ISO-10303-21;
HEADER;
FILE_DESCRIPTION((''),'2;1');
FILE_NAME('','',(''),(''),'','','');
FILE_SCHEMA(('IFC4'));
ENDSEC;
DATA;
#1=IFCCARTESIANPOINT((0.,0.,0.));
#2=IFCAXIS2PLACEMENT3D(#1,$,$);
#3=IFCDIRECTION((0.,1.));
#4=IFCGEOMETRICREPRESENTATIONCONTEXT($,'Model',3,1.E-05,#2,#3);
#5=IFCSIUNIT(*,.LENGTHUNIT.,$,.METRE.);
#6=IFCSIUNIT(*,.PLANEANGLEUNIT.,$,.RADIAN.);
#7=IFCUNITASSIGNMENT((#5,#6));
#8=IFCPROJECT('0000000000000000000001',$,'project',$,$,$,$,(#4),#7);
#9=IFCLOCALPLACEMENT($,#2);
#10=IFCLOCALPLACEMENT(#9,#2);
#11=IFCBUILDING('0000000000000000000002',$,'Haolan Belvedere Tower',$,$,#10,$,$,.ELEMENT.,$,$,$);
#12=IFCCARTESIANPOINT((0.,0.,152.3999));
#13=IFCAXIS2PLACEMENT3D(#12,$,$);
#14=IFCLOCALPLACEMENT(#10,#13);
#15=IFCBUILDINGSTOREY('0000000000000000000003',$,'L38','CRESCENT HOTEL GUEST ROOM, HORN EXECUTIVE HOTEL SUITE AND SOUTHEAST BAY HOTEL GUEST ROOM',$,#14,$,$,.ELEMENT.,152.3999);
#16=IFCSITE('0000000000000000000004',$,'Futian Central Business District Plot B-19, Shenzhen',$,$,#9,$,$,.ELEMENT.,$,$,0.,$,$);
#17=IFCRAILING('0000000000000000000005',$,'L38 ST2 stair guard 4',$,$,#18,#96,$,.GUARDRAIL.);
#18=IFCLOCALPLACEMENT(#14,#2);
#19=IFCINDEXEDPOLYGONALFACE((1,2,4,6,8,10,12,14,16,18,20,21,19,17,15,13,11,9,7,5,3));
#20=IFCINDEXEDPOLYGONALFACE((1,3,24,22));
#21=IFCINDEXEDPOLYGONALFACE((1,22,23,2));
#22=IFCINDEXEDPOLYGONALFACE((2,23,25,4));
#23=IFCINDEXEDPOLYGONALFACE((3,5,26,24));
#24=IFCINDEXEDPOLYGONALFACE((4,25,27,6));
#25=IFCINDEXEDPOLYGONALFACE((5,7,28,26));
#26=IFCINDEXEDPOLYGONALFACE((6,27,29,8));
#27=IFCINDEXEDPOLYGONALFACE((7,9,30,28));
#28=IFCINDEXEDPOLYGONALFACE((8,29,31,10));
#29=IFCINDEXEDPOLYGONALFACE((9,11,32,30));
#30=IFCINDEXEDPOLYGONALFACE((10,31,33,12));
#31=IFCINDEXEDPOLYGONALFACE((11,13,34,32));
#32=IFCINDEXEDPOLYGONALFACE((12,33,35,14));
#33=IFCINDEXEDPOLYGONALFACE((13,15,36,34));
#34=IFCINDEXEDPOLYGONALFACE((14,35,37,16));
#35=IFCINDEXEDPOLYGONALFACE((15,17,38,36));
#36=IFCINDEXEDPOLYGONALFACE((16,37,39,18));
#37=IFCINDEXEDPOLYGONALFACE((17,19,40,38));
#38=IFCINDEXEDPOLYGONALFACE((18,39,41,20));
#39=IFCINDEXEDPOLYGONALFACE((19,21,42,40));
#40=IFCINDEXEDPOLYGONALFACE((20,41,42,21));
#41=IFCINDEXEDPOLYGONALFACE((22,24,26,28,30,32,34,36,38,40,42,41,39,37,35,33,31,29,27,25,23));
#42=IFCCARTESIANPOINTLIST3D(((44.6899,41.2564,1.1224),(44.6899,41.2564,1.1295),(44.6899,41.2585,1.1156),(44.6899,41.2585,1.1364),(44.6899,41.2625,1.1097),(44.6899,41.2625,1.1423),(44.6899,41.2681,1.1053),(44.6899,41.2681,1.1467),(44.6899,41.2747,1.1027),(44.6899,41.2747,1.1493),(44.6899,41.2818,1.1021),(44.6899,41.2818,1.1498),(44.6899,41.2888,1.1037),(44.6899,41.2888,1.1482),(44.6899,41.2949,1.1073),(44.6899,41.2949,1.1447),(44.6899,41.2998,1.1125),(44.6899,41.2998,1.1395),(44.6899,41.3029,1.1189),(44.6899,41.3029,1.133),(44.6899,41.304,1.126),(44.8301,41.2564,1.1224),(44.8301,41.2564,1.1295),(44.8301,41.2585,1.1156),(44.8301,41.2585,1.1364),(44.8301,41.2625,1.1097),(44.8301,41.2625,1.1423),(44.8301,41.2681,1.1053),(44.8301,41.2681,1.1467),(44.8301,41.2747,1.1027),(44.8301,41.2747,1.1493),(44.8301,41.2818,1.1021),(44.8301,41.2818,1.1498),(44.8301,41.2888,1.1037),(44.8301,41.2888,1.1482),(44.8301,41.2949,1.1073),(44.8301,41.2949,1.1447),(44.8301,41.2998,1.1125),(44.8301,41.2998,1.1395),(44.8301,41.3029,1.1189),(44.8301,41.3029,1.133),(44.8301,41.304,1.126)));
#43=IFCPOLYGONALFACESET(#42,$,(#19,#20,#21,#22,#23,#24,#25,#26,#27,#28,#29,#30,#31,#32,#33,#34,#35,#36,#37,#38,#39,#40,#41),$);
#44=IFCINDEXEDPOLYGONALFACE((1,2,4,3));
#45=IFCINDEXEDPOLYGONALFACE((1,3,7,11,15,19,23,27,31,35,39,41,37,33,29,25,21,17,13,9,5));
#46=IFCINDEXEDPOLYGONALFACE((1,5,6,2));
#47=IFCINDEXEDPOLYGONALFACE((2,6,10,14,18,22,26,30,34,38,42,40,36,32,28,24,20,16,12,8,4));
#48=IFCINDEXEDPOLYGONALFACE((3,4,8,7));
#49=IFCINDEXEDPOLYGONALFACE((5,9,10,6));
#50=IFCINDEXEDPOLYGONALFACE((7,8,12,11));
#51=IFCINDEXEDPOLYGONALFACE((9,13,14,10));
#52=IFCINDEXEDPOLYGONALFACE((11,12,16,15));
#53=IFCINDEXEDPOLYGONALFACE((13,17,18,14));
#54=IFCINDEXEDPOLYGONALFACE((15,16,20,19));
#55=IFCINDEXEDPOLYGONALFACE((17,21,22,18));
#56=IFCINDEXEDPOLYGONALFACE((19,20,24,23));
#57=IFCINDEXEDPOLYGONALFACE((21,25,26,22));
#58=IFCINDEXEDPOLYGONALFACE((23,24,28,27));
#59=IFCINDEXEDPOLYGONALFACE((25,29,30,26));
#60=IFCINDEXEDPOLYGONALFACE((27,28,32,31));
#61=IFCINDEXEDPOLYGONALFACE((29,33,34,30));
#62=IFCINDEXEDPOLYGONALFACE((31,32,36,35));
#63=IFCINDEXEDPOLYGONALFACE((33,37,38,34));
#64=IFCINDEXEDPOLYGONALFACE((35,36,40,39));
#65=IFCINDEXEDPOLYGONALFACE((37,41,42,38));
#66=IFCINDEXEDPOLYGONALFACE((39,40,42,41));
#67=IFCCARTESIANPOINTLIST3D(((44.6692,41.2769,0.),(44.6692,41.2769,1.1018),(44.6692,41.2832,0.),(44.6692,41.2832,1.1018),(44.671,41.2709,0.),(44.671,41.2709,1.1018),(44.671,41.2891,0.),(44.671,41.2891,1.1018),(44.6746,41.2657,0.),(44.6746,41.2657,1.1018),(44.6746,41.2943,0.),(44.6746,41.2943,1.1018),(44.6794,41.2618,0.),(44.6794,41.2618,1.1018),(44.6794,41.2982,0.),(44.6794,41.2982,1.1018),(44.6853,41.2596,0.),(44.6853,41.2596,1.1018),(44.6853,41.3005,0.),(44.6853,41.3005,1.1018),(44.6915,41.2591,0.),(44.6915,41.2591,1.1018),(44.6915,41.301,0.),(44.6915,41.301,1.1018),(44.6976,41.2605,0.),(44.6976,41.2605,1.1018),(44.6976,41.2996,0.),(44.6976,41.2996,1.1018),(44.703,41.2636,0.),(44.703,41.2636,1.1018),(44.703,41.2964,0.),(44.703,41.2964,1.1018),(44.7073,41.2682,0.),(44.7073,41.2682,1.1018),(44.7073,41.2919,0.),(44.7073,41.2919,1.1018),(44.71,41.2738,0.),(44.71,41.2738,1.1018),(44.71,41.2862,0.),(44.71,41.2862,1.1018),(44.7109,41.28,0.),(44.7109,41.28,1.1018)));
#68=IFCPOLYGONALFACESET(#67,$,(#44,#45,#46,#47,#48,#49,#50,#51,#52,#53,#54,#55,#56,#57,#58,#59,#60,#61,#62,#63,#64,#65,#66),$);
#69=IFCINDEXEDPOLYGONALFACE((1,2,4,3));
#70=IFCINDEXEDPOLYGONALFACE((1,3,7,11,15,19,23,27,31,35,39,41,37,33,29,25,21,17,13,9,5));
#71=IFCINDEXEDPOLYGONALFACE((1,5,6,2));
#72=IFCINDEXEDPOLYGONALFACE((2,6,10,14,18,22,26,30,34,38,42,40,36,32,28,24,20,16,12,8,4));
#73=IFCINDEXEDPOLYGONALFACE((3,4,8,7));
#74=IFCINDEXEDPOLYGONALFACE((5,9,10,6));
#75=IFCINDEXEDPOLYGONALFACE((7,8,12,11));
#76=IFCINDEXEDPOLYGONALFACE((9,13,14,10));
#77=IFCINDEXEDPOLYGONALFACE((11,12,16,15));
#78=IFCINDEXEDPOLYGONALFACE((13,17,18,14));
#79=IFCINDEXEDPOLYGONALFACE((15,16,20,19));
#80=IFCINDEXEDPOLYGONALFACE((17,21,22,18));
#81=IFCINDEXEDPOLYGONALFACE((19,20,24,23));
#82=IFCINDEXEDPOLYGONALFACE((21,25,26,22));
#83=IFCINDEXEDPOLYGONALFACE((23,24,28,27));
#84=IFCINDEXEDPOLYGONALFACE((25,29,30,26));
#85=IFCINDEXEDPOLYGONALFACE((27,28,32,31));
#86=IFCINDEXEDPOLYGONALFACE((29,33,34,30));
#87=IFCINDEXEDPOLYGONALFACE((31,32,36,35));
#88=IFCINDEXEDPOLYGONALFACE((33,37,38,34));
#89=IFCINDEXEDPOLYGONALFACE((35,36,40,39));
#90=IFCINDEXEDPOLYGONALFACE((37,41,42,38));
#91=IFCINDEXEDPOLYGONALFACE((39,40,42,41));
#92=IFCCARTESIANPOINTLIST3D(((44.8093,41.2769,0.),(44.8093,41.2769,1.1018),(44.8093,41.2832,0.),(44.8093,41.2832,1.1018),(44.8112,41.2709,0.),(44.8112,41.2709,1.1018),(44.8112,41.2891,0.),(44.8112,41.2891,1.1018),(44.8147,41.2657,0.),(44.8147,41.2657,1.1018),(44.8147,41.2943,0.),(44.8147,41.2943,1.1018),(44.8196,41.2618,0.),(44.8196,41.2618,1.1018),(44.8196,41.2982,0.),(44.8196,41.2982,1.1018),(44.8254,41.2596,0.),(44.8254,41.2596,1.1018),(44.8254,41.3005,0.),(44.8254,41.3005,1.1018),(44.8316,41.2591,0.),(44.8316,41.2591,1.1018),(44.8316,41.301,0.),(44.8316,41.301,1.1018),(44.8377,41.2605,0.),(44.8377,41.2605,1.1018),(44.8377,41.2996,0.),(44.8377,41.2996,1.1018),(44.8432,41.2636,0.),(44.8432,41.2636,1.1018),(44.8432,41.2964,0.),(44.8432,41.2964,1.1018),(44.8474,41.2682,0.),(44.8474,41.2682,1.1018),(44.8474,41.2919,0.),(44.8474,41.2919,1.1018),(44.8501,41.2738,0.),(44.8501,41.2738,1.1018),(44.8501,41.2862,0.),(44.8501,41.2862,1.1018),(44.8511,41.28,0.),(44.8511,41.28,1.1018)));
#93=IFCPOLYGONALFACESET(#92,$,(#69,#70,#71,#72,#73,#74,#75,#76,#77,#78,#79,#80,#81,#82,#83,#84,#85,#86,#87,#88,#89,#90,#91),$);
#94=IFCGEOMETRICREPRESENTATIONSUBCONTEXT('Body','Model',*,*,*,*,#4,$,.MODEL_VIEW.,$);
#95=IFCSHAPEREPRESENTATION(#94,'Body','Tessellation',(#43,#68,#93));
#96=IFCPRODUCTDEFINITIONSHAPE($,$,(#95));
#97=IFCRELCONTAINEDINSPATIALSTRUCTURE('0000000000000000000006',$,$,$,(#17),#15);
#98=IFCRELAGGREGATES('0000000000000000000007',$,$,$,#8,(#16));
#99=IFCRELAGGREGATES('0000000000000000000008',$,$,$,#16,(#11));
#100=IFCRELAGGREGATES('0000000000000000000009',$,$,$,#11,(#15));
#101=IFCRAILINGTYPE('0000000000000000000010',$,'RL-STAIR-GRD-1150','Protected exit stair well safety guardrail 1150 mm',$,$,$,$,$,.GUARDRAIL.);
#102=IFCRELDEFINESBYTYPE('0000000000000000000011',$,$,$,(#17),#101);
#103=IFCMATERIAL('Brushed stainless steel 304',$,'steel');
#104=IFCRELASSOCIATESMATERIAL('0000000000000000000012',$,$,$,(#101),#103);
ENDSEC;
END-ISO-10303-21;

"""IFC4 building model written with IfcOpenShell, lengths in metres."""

from ifc_helpers import new_model, si_unit, direction, frame, origin, origin_2d, place, context, subcontext, project, spatial, circle, extrude, material, type_object, element, save


model = new_model("IFC4")

# Units and contexts
model_context = context("Model", 3, precision=1e-05, world=origin(), true_north=direction((0.0, 1.0)))
body_context = subcontext(model_context, "Body", "Model", "MODEL_VIEW")
ifc_project = project(units=[si_unit("LENGTHUNIT", "METRE"), si_unit("PLANEANGLEUNIT", "RADIAN")], contexts=[model_context])

# Site, building, storey
site_placement = place(None, origin())
site = spatial("IfcSite", under=ifc_project, at=site_placement, Name="Futian Central Business District Plot B-19, Shenzhen", CompositionType="ELEMENT", RefElevation=0.0)
building_placement = place(site_placement, origin())
building = spatial("IfcBuilding", under=site, at=building_placement, Name="Haolan Belvedere Tower", CompositionType="ELEMENT")
storey_placement = place(building_placement, frame((0.0, 0.0, 152.3999)))
storey = spatial("IfcBuildingStorey", under=building, at=storey_placement, Name="L38", Description="CRESCENT HOTEL GUEST ROOM, HORN EXECUTIVE HOTEL SUITE AND SOUTHEAST BAY HOTEL GUEST ROOM", CompositionType="ELEMENT", Elevation=152.3999)

# Railing
ifc_material_1 = material(Name="Brushed stainless steel 304", Category="steel")
railing_type_1 = type_object("IfcRailingType", Name="RL-STAIR-GRD-1150", Description="Protected exit stair well safety guardrail 1150 mm", PredefinedType="GUARDRAIL", material=ifc_material_1)
railing_1_placement = place(storey_placement, frame((44.6899, 41.28, 0.0)))
element("IfcRailing", 1, at=railing_1_placement, inside=storey, type_object=railing_type_1, Name="L38 ST2 stair guard 4", PredefinedType="GUARDRAIL", context=body_context, shape_type="SweptSolid", body=[
    extrude(circle(Radius=0.0239, at=origin_2d()), frame((0.0, 0.0, 1.126), z_axis=(1.0, 0.0, 0.0), x_axis=(0.0, 1.0, 0.0)), (0.0, 0.0, 1.0), 0.1401),
    extrude(circle(Radius=0.021, at=origin_2d()), origin(), (0.0, 0.0, 1.0), 1.1018),
    extrude(circle(Radius=0.021, at=origin_2d()), frame((0.1401, 0.0, 0.0)), (0.0, 0.0, 1.0), 1.1018),
])

save(model, "model.ifc")
